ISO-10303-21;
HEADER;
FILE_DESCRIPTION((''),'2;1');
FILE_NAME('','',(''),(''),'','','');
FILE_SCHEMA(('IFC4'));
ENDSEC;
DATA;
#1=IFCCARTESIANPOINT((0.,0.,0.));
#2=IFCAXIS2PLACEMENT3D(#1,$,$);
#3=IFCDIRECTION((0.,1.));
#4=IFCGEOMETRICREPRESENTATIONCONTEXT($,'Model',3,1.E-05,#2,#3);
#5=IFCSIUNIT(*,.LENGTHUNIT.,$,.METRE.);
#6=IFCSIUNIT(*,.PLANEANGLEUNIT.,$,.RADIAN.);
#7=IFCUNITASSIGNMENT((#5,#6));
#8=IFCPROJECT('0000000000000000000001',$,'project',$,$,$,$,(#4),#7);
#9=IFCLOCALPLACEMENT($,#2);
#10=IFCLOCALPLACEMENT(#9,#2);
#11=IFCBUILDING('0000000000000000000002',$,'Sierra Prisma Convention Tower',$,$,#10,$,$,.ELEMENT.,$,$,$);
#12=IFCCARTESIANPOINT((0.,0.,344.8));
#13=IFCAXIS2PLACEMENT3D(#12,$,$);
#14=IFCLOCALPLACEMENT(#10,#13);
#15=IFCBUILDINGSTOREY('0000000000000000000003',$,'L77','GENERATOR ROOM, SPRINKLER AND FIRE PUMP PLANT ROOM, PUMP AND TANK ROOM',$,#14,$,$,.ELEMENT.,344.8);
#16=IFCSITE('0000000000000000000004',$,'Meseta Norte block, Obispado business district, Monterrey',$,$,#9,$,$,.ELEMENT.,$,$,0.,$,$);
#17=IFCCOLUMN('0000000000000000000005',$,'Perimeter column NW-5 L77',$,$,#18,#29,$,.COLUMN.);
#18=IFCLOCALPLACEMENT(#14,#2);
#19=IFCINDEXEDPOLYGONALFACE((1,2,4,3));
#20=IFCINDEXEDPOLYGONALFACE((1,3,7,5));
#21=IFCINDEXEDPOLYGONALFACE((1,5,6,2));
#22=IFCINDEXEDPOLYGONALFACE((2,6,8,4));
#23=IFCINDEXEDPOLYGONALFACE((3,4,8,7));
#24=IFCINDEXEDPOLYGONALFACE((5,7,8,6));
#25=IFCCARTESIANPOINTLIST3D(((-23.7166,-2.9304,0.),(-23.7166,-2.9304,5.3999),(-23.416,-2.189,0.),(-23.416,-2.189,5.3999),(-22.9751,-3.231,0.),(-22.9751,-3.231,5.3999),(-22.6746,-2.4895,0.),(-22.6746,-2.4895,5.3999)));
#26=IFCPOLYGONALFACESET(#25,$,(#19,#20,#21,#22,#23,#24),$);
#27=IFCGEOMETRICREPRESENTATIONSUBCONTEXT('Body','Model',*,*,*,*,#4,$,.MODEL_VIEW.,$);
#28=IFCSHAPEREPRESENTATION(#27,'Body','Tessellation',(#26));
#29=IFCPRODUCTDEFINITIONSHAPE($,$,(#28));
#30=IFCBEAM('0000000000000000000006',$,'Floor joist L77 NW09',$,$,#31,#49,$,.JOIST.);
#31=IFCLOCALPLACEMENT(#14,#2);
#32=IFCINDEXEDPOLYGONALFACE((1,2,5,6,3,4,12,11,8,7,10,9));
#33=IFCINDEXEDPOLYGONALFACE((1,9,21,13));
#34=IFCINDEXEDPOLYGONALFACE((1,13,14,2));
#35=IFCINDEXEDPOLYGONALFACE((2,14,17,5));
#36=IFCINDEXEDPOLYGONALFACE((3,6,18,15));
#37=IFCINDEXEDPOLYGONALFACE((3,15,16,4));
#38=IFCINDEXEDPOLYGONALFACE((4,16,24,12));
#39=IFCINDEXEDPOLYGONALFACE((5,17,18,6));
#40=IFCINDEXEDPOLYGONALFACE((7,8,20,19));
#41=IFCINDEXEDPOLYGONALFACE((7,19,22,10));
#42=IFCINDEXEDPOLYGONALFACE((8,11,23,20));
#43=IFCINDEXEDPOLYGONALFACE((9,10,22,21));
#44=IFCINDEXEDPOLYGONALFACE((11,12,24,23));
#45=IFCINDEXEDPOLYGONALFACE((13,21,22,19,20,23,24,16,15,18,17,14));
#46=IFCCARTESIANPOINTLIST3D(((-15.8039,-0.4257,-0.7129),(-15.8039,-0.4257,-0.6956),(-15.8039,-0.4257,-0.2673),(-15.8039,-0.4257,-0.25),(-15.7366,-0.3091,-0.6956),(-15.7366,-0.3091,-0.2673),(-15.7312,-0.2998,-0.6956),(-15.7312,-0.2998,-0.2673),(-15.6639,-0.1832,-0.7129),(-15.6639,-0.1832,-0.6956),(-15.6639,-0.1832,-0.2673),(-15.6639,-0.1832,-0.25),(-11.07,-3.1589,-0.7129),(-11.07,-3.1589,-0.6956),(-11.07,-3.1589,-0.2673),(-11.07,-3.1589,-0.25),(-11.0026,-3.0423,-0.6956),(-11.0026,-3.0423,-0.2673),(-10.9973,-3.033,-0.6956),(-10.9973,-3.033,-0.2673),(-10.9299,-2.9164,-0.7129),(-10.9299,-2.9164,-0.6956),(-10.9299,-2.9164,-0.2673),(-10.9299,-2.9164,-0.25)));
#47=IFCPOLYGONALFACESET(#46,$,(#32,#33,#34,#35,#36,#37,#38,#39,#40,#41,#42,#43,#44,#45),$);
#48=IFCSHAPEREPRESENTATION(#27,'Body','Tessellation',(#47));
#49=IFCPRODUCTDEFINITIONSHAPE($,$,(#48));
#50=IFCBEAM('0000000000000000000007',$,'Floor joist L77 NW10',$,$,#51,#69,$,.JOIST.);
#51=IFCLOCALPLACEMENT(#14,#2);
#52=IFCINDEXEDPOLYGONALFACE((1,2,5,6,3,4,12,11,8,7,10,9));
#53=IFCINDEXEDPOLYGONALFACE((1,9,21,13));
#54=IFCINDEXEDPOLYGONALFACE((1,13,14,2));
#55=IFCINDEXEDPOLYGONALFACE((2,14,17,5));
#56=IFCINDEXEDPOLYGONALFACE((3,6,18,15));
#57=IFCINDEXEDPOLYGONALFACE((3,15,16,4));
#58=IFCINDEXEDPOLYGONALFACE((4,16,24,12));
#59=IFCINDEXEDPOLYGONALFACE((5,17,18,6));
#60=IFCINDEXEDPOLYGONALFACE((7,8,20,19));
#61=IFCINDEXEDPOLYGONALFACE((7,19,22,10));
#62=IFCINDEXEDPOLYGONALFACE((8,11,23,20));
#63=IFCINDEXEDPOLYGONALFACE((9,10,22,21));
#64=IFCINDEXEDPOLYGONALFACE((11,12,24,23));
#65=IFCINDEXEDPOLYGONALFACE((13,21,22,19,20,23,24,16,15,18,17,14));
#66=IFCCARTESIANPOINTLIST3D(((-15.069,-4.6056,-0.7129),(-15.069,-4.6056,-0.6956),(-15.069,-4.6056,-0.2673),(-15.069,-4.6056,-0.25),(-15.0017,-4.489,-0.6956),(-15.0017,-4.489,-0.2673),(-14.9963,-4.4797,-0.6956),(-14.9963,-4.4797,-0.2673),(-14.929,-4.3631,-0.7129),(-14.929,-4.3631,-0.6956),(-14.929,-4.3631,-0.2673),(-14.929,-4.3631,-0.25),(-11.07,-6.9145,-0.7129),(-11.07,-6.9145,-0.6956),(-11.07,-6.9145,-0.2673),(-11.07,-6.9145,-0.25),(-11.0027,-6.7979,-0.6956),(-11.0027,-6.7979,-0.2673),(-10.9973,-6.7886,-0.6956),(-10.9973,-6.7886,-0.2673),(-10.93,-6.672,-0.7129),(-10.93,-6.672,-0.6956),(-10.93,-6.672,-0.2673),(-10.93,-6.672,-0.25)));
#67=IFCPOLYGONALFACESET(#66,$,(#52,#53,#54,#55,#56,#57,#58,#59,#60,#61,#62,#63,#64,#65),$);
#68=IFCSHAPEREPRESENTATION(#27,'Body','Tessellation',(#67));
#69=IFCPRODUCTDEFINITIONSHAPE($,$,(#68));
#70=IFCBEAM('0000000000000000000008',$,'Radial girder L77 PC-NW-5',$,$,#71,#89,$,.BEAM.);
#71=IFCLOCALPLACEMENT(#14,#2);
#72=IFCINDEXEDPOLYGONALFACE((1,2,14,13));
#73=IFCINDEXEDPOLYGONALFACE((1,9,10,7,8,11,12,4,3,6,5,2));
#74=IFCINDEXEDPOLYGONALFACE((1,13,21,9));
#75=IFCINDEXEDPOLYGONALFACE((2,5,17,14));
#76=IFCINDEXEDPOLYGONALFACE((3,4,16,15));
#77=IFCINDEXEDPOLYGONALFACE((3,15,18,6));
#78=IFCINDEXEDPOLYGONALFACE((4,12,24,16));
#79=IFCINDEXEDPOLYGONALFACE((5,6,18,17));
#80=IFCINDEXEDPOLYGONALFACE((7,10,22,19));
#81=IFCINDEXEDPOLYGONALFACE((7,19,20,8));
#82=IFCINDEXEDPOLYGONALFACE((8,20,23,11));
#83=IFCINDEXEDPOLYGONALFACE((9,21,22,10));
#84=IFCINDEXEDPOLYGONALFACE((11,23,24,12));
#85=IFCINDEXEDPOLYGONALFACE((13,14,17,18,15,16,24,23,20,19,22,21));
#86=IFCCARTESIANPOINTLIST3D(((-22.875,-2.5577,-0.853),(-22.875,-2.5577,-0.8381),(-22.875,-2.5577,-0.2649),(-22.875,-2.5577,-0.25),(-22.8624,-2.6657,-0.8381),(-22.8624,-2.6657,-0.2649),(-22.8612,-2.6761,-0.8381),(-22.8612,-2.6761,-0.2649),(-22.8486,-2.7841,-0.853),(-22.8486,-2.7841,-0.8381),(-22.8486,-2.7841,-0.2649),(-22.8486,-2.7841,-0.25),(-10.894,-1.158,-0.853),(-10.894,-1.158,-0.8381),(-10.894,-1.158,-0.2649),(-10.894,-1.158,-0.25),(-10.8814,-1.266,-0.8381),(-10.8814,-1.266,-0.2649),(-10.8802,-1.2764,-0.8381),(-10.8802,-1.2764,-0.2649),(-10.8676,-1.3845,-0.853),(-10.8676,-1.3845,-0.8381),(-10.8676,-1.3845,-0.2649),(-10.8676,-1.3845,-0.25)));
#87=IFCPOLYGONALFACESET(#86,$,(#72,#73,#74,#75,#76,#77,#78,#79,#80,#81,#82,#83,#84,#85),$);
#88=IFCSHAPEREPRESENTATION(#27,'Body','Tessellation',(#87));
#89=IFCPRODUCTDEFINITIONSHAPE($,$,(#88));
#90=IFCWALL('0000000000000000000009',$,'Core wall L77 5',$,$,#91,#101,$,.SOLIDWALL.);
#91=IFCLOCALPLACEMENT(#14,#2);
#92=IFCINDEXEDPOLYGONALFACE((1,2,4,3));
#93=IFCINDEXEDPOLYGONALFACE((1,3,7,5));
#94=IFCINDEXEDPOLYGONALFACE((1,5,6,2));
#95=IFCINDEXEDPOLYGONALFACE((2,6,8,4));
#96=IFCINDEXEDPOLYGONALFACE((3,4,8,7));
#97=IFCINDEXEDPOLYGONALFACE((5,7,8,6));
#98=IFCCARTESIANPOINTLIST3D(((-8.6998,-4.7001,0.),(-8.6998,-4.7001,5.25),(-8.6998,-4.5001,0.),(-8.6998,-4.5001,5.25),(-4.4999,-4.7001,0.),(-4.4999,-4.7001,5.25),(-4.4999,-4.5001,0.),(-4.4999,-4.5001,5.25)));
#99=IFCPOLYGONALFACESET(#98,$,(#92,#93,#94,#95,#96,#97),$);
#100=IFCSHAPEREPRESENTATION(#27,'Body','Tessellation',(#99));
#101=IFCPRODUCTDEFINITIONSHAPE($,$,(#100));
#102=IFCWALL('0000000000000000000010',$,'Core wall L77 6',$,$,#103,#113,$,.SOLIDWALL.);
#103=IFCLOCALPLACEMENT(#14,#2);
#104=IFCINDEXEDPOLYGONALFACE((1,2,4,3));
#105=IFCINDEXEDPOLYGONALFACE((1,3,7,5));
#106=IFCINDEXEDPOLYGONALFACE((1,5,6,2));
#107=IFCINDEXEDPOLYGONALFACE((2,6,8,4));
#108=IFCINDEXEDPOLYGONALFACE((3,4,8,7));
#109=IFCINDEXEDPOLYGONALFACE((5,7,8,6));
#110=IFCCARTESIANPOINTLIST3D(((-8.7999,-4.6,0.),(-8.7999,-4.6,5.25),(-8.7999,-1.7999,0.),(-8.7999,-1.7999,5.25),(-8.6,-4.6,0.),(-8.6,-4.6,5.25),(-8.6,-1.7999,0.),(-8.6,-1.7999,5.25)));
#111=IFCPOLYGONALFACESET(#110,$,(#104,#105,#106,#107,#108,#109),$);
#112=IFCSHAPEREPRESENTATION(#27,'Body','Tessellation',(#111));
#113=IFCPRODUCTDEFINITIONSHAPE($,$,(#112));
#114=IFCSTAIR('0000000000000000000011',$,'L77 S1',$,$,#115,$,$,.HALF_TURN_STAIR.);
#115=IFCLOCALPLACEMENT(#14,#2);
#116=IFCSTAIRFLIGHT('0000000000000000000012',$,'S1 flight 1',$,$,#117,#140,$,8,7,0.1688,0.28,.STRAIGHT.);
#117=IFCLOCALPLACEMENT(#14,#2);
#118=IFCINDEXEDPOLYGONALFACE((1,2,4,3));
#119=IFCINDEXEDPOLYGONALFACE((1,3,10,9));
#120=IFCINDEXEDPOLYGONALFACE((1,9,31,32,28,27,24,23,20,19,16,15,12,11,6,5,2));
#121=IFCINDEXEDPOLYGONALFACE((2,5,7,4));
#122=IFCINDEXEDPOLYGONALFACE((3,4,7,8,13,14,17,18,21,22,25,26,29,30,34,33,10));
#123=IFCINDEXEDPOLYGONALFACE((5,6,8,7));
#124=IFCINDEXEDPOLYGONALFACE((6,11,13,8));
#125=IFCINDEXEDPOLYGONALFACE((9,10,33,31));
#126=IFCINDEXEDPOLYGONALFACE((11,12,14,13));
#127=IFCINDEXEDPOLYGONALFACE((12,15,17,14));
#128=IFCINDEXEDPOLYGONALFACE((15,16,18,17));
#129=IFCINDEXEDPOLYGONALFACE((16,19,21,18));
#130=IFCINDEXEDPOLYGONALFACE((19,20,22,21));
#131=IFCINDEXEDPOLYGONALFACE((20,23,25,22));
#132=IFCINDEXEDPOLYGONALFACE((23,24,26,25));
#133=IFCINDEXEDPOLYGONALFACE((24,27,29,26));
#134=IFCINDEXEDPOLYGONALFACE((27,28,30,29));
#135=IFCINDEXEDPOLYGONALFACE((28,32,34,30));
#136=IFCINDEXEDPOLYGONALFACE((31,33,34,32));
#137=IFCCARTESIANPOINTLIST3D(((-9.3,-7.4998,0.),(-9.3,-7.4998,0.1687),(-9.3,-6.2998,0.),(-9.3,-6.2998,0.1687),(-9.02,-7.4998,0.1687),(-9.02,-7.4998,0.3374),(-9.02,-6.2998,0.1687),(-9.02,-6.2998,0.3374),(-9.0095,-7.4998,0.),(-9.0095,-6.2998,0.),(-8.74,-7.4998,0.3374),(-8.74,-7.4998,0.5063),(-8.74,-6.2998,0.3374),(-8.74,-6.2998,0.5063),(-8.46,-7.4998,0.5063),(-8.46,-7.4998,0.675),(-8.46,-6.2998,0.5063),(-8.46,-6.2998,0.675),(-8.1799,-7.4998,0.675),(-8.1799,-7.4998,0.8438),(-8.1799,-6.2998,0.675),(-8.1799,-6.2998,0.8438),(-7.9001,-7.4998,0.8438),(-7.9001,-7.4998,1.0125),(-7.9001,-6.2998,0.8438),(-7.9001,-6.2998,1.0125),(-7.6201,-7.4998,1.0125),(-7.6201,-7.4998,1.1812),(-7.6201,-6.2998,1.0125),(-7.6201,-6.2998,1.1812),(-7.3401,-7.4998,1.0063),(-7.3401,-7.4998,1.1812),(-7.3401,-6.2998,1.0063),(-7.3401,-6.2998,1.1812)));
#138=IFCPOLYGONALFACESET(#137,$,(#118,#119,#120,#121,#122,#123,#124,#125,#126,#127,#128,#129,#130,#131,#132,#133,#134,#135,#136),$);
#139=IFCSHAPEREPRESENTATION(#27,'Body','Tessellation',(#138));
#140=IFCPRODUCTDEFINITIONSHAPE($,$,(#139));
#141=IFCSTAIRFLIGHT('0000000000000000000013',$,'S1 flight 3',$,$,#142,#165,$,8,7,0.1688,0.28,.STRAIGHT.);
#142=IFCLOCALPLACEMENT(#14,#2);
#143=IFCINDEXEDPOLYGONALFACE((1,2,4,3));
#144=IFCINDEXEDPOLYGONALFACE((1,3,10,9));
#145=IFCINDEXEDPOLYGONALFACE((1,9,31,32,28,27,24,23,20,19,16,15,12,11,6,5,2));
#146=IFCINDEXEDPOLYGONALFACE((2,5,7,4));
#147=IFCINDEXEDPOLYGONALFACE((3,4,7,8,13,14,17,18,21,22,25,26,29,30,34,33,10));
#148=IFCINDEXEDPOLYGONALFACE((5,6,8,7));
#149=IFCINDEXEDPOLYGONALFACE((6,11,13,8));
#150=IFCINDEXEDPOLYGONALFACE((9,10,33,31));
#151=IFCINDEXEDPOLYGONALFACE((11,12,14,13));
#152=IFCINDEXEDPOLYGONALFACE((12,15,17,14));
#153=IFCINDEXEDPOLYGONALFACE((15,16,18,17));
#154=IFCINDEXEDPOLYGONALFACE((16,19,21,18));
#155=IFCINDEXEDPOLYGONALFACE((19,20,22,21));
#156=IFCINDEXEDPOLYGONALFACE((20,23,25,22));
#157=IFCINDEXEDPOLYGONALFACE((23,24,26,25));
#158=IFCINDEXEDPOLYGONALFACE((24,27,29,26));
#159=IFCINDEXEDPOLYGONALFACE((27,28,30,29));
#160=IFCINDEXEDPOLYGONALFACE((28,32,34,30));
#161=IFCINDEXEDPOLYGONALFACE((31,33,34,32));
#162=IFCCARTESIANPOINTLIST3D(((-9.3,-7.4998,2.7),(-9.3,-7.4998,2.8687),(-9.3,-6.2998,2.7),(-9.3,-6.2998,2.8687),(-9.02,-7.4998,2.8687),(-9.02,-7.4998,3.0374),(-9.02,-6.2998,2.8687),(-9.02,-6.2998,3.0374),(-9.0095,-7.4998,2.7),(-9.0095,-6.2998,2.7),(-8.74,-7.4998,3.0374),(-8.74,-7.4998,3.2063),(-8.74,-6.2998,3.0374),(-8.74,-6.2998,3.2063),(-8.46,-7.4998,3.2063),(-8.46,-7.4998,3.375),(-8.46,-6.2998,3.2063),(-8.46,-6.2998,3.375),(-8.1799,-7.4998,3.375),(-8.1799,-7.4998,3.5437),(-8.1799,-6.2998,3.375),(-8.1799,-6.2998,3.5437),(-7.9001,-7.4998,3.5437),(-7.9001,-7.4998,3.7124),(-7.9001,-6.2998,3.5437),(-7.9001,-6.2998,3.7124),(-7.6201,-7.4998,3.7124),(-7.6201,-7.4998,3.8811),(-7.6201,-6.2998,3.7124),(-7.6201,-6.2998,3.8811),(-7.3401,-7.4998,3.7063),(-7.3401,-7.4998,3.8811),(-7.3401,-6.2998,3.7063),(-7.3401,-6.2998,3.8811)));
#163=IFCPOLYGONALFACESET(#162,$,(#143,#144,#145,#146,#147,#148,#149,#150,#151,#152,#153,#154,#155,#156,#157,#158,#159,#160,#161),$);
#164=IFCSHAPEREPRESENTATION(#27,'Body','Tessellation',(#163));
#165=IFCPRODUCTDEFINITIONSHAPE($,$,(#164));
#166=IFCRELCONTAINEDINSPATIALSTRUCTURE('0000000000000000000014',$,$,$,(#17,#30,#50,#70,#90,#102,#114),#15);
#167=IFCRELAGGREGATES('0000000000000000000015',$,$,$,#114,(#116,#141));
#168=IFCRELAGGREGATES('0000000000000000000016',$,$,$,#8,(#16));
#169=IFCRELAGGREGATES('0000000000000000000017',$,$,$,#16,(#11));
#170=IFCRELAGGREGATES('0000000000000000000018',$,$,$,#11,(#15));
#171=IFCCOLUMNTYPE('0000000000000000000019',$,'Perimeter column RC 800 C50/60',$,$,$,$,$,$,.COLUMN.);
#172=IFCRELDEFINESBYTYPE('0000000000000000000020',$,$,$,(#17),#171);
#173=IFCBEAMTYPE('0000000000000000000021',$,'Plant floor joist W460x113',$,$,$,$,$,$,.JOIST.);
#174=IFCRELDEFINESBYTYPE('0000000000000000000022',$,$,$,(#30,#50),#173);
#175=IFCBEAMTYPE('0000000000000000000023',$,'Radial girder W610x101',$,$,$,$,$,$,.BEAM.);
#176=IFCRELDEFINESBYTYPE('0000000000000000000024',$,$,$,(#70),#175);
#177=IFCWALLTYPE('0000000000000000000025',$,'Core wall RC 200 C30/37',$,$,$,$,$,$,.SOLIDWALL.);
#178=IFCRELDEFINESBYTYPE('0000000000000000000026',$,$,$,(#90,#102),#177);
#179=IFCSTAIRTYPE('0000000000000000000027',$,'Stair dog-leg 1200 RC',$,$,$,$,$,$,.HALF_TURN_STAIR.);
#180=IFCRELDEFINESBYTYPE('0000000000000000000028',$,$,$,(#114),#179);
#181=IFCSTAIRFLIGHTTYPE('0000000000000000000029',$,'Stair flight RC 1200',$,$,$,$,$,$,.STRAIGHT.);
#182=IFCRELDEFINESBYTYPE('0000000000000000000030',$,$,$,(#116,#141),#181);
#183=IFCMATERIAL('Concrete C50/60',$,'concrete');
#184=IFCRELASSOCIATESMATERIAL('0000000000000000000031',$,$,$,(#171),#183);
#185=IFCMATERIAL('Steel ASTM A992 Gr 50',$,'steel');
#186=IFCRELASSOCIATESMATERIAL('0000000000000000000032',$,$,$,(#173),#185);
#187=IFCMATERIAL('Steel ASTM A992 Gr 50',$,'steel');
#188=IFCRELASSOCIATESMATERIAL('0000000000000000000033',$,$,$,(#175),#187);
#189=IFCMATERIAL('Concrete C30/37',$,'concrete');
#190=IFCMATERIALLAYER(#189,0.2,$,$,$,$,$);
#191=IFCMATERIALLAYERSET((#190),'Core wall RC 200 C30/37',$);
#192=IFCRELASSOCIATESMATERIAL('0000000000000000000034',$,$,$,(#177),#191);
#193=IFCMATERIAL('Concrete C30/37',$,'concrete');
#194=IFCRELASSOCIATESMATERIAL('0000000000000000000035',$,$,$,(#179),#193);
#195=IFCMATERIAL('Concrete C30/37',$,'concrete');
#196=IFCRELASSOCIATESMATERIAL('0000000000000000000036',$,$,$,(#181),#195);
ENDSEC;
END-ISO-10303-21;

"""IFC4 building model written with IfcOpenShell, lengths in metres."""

from ifc_helpers import new_model, si_unit, direction, frame, frame_2d, origin, origin_2d, place, context, subcontext, project, spatial, polyline, rectangle, i_section, outline, extrude, material, layer, layer_set, material_profile, profile_set, type_object, element, aggregate, save


model = new_model("IFC4")

# Units and contexts
model_context = context("Model", 3, precision=1e-05, world=origin(), true_north=direction((0.0, 1.0)))
body_context = subcontext(model_context, "Body", "Model", "MODEL_VIEW")
ifc_project = project(units=[si_unit("LENGTHUNIT", "METRE"), si_unit("PLANEANGLEUNIT", "RADIAN")], contexts=[model_context])

# Site, building, storey
site_placement = place(None, origin())
site = spatial("IfcSite", under=ifc_project, at=site_placement, Name="Meseta Norte block, Obispado business district, Monterrey", CompositionType="ELEMENT", RefElevation=0.0)
building_placement = place(site_placement, origin())
building = spatial("IfcBuilding", under=site, at=building_placement, Name="Sierra Prisma Convention Tower", CompositionType="ELEMENT")
storey_placement = place(building_placement, frame((0.0, 0.0, 344.8)))
storey = spatial("IfcBuildingStorey", under=building, at=storey_placement, Name="L77", Description="GENERATOR ROOM, SPRINKLER AND FIRE PUMP PLANT ROOM, PUMP AND TANK ROOM", CompositionType="ELEMENT", Elevation=344.8)

# Column
ifc_material_1 = material(Name="Concrete C50/60", Category="concrete")
ifc_material_profile_1 = material_profile(ifc_material_1, rectangle(XDim=0.8, YDim=0.8, at=origin_2d()), Name="Perimeter column RC 800 C50/60")
ifc_profile_set_1 = profile_set([ifc_material_profile_1], Name="Concrete C50/60")
column_type = type_object("IfcColumnType", Name="Perimeter column RC 800 C50/60", PredefinedType="COLUMN", material=ifc_profile_set_1)
column_placement = place(storey_placement, frame((-23.1956, -2.71, 0.0), z_axis=(0.0, 0.0, 1.0), x_axis=(0.375686, 0.926747, 0.0)))
element("IfcColumn", 1, at=column_placement, inside=storey, type_object=column_type, Name="Perimeter column NW-5 L77", PredefinedType="COLUMN", context=body_context, shape_type="SweptSolid", body=[
    extrude(rectangle(XDim=0.8, YDim=0.8, at=origin_2d()), origin(), (0.0, 0.0, 1.0), 5.3999),
])

# Beams
ifc_material_2 = material(Name="Steel ASTM A992 Gr 50", Category="steel")
ifc_material_profile_2 = material_profile(ifc_material_2, i_section(OverallWidth=0.28, OverallDepth=0.4629, WebThickness=0.0107, FlangeThickness=0.0173, at=origin_2d()), Name="W460x113")
ifc_profile_set_2 = profile_set([ifc_material_profile_2], Name="Steel ASTM A992 Gr 50")
beam_type_1 = type_object("IfcBeamType", Name="Plant floor joist W460x113", PredefinedType="JOIST", material=ifc_profile_set_2)
beam_1_placement = place(storey_placement, frame((-15.7339, -0.3044, -0.4814), z_axis=(0.866022, -0.500006, 0.0), x_axis=(0.500006, 0.866022, 0.0)))
element("IfcBeam", 2, at=beam_1_placement, inside=storey, type_object=beam_type_1, Name="Floor joist L77 NW09", PredefinedType="JOIST", context=body_context, shape_type="SweptSolid", body=[
    extrude(i_section(OverallWidth=0.28, OverallDepth=0.4629, WebThickness=0.0107, FlangeThickness=0.0173, at=origin_2d()), origin(), (0.0, 0.0, 1.0), 5.4663),
])
beam_2_placement = place(storey_placement, frame((-14.999, -4.4844, -0.4814), z_axis=(0.866025, -0.5, 0.0), x_axis=(0.5, 0.866025, 0.0)))
element("IfcBeam", 3, at=beam_2_placement, inside=storey, type_object=beam_type_1, Name="Floor joist L77 NW10", PredefinedType="JOIST", context=body_context, shape_type="SweptSolid", body=[
    extrude(i_section(OverallWidth=0.28, OverallDepth=0.4629, WebThickness=0.0107, FlangeThickness=0.0173, at=origin_2d()), origin(), (0.0, 0.0, 1.0), 4.6177),
])
ifc_material_3 = material(Name="Steel ASTM A992 Gr 50", Category="steel")
ifc_material_profile_3 = material_profile(ifc_material_3, i_section(OverallWidth=0.228, OverallDepth=0.603, WebThickness=0.0105, FlangeThickness=0.0149, at=origin_2d()), Name="W610x101")
ifc_profile_set_3 = profile_set([ifc_material_profile_3], Name="Steel ASTM A992 Gr 50")
beam_type_2 = type_object("IfcBeamType", Name="Radial girder W610x101", PredefinedType="BEAM", material=ifc_profile_set_3)
beam_3_placement = place(storey_placement, frame((-22.8618, -2.6709, -0.5515), z_axis=(0.993245, 0.116034, 0.0), x_axis=(-0.116034, 0.993245, 0.0)))
element("IfcBeam", 4, at=beam_3_placement, inside=storey, type_object=beam_type_2, Name="Radial girder L77 PC-NW-5", PredefinedType="BEAM", context=body_context, shape_type="SweptSolid", body=[
    extrude(i_section(OverallWidth=0.228, OverallDepth=0.603, WebThickness=0.0105, FlangeThickness=0.0149, at=origin_2d()), origin(), (0.0, 0.0, 1.0), 12.0625),
])

# Shared definitions
ifc_material_4 = material(Name="Concrete C30/37", Category="concrete")
ifc_layer = layer(ifc_material_4, 0.2)
ifc_layer_set = layer_set([ifc_layer], Name="Core wall RC 200 C30/37")
wall_type = type_object("IfcWallType", Name="Core wall RC 200 C30/37", PredefinedType="SOLIDWALL", material=ifc_layer_set)

# Walls
wall_1_placement = place(storey_placement, frame((-8.7, -4.6001, 0.0), z_axis=(0.0, 0.0, 1.0), x_axis=(1.0, 0.0, 0.0)))
element("IfcWall", 5, at=wall_1_placement, inside=storey, type_object=wall_type, Name="Core wall L77 5", PredefinedType="SOLIDWALL", context=body_context, shape_type="SweptSolid", body=[
    extrude(rectangle(XDim=4.2, YDim=0.2, at=frame_2d((2.1001, 0.0))), origin(), (0.0, 0.0, 1.0), 5.25),
])
wall_2_placement = place(storey_placement, frame((-8.7, -1.8, 0.0), z_axis=(0.0, 0.0, 1.0), x_axis=(0.0, -1.0, 0.0)))
element("IfcWall", 6, at=wall_2_placement, inside=storey, type_object=wall_type, Name="Core wall L77 6", PredefinedType="SOLIDWALL", context=body_context, shape_type="SweptSolid", body=[
    extrude(rectangle(XDim=2.8, YDim=0.2, at=frame_2d((1.3999, 0.0))), origin(), (0.0, 0.0, 1.0), 5.25),
])

# Stair, stair flights
ifc_material_5 = material(Name="Concrete C30/37", Category="concrete")
stair_type = type_object("IfcStairType", Name="Stair dog-leg 1200 RC", PredefinedType="HALF_TURN_STAIR", material=ifc_material_5)
stair_placement = place(storey_placement, origin())
stair = element("IfcStair", 7, at=stair_placement, inside=storey, type_object=stair_type, Name="L77 S1", PredefinedType="HALF_TURN_STAIR")
ifc_material_6 = material(Name="Concrete C30/37", Category="concrete")
stair_flight_type = type_object("IfcStairFlightType", Name="Stair flight RC 1200", PredefinedType="STRAIGHT", material=ifc_material_6)
stair_flight_1_placement = place(storey_placement, frame((-9.3, -6.8999, 0.0), z_axis=(0.0, 0.0, 1.0), x_axis=(1.0, 0.0, 0.0)))
stair_flight_1 = element("IfcStairFlight", 8, at=stair_flight_1_placement, type_object=stair_flight_type, Name="S1 flight 1", NumberOfRisers=8, NumberOfTreads=7, PredefinedType="STRAIGHT", RiserHeight=0.1688, TreadLength=0.28, context=body_context, shape_type="SweptSolid", body=[
    extrude(outline(polyline([(0.0, 0.0), (0.0, 0.1687), (0.28, 0.1687), (0.28, 0.3374), (0.5601, 0.3374), (0.5601, 0.5063), (0.8401, 0.5063), (0.8401, 0.675), (1.1201, 0.675), (1.1201, 0.8438), (1.3999, 0.8438), (1.3999, 1.0125), (1.6799, 1.0125), (1.6799, 1.1812), (1.96, 1.1812), (1.96, 1.3501), (1.96, 1.0063), (0.2905, 0.0), (0.0, 0.0)])), frame((0.0, 0.6001, 0.0), z_axis=(0.0, -1.0, 0.0), x_axis=(1.0, 0.0, 0.0)), (0.0, 0.0, 1.0), 1.2),
])
stair_flight_2_placement = place(storey_placement, frame((-9.3, -6.8999, 2.7), z_axis=(0.0, 0.0, 1.0), x_axis=(1.0, 0.0, 0.0)))
stair_flight_2 = element("IfcStairFlight", 9, at=stair_flight_2_placement, type_object=stair_flight_type, Name="S1 flight 3", NumberOfRisers=8, NumberOfTreads=7, PredefinedType="STRAIGHT", RiserHeight=0.1688, TreadLength=0.28, context=body_context, shape_type="SweptSolid", body=[
    extrude(outline(polyline([(0.0, 0.0), (0.0, 0.1687), (0.28, 0.1687), (0.28, 0.3374), (0.5601, 0.3374), (0.5601, 0.5063), (0.8401, 0.5063), (0.8401, 0.675), (1.1201, 0.675), (1.1201, 0.8438), (1.3999, 0.8438), (1.3999, 1.0125), (1.6799, 1.0125), (1.6799, 1.1812), (1.96, 1.1812), (1.96, 1.3501), (1.96, 1.0063), (0.2905, 0.0), (0.0, 0.0)])), frame((0.0, 0.6001, 0.0), z_axis=(0.0, -1.0, 0.0), x_axis=(1.0, 0.0, 0.0)), (0.0, 0.0, 1.0), 1.2),
])
aggregate(stair, [stair_flight_1, stair_flight_2])

save(model, "model.ifc")
